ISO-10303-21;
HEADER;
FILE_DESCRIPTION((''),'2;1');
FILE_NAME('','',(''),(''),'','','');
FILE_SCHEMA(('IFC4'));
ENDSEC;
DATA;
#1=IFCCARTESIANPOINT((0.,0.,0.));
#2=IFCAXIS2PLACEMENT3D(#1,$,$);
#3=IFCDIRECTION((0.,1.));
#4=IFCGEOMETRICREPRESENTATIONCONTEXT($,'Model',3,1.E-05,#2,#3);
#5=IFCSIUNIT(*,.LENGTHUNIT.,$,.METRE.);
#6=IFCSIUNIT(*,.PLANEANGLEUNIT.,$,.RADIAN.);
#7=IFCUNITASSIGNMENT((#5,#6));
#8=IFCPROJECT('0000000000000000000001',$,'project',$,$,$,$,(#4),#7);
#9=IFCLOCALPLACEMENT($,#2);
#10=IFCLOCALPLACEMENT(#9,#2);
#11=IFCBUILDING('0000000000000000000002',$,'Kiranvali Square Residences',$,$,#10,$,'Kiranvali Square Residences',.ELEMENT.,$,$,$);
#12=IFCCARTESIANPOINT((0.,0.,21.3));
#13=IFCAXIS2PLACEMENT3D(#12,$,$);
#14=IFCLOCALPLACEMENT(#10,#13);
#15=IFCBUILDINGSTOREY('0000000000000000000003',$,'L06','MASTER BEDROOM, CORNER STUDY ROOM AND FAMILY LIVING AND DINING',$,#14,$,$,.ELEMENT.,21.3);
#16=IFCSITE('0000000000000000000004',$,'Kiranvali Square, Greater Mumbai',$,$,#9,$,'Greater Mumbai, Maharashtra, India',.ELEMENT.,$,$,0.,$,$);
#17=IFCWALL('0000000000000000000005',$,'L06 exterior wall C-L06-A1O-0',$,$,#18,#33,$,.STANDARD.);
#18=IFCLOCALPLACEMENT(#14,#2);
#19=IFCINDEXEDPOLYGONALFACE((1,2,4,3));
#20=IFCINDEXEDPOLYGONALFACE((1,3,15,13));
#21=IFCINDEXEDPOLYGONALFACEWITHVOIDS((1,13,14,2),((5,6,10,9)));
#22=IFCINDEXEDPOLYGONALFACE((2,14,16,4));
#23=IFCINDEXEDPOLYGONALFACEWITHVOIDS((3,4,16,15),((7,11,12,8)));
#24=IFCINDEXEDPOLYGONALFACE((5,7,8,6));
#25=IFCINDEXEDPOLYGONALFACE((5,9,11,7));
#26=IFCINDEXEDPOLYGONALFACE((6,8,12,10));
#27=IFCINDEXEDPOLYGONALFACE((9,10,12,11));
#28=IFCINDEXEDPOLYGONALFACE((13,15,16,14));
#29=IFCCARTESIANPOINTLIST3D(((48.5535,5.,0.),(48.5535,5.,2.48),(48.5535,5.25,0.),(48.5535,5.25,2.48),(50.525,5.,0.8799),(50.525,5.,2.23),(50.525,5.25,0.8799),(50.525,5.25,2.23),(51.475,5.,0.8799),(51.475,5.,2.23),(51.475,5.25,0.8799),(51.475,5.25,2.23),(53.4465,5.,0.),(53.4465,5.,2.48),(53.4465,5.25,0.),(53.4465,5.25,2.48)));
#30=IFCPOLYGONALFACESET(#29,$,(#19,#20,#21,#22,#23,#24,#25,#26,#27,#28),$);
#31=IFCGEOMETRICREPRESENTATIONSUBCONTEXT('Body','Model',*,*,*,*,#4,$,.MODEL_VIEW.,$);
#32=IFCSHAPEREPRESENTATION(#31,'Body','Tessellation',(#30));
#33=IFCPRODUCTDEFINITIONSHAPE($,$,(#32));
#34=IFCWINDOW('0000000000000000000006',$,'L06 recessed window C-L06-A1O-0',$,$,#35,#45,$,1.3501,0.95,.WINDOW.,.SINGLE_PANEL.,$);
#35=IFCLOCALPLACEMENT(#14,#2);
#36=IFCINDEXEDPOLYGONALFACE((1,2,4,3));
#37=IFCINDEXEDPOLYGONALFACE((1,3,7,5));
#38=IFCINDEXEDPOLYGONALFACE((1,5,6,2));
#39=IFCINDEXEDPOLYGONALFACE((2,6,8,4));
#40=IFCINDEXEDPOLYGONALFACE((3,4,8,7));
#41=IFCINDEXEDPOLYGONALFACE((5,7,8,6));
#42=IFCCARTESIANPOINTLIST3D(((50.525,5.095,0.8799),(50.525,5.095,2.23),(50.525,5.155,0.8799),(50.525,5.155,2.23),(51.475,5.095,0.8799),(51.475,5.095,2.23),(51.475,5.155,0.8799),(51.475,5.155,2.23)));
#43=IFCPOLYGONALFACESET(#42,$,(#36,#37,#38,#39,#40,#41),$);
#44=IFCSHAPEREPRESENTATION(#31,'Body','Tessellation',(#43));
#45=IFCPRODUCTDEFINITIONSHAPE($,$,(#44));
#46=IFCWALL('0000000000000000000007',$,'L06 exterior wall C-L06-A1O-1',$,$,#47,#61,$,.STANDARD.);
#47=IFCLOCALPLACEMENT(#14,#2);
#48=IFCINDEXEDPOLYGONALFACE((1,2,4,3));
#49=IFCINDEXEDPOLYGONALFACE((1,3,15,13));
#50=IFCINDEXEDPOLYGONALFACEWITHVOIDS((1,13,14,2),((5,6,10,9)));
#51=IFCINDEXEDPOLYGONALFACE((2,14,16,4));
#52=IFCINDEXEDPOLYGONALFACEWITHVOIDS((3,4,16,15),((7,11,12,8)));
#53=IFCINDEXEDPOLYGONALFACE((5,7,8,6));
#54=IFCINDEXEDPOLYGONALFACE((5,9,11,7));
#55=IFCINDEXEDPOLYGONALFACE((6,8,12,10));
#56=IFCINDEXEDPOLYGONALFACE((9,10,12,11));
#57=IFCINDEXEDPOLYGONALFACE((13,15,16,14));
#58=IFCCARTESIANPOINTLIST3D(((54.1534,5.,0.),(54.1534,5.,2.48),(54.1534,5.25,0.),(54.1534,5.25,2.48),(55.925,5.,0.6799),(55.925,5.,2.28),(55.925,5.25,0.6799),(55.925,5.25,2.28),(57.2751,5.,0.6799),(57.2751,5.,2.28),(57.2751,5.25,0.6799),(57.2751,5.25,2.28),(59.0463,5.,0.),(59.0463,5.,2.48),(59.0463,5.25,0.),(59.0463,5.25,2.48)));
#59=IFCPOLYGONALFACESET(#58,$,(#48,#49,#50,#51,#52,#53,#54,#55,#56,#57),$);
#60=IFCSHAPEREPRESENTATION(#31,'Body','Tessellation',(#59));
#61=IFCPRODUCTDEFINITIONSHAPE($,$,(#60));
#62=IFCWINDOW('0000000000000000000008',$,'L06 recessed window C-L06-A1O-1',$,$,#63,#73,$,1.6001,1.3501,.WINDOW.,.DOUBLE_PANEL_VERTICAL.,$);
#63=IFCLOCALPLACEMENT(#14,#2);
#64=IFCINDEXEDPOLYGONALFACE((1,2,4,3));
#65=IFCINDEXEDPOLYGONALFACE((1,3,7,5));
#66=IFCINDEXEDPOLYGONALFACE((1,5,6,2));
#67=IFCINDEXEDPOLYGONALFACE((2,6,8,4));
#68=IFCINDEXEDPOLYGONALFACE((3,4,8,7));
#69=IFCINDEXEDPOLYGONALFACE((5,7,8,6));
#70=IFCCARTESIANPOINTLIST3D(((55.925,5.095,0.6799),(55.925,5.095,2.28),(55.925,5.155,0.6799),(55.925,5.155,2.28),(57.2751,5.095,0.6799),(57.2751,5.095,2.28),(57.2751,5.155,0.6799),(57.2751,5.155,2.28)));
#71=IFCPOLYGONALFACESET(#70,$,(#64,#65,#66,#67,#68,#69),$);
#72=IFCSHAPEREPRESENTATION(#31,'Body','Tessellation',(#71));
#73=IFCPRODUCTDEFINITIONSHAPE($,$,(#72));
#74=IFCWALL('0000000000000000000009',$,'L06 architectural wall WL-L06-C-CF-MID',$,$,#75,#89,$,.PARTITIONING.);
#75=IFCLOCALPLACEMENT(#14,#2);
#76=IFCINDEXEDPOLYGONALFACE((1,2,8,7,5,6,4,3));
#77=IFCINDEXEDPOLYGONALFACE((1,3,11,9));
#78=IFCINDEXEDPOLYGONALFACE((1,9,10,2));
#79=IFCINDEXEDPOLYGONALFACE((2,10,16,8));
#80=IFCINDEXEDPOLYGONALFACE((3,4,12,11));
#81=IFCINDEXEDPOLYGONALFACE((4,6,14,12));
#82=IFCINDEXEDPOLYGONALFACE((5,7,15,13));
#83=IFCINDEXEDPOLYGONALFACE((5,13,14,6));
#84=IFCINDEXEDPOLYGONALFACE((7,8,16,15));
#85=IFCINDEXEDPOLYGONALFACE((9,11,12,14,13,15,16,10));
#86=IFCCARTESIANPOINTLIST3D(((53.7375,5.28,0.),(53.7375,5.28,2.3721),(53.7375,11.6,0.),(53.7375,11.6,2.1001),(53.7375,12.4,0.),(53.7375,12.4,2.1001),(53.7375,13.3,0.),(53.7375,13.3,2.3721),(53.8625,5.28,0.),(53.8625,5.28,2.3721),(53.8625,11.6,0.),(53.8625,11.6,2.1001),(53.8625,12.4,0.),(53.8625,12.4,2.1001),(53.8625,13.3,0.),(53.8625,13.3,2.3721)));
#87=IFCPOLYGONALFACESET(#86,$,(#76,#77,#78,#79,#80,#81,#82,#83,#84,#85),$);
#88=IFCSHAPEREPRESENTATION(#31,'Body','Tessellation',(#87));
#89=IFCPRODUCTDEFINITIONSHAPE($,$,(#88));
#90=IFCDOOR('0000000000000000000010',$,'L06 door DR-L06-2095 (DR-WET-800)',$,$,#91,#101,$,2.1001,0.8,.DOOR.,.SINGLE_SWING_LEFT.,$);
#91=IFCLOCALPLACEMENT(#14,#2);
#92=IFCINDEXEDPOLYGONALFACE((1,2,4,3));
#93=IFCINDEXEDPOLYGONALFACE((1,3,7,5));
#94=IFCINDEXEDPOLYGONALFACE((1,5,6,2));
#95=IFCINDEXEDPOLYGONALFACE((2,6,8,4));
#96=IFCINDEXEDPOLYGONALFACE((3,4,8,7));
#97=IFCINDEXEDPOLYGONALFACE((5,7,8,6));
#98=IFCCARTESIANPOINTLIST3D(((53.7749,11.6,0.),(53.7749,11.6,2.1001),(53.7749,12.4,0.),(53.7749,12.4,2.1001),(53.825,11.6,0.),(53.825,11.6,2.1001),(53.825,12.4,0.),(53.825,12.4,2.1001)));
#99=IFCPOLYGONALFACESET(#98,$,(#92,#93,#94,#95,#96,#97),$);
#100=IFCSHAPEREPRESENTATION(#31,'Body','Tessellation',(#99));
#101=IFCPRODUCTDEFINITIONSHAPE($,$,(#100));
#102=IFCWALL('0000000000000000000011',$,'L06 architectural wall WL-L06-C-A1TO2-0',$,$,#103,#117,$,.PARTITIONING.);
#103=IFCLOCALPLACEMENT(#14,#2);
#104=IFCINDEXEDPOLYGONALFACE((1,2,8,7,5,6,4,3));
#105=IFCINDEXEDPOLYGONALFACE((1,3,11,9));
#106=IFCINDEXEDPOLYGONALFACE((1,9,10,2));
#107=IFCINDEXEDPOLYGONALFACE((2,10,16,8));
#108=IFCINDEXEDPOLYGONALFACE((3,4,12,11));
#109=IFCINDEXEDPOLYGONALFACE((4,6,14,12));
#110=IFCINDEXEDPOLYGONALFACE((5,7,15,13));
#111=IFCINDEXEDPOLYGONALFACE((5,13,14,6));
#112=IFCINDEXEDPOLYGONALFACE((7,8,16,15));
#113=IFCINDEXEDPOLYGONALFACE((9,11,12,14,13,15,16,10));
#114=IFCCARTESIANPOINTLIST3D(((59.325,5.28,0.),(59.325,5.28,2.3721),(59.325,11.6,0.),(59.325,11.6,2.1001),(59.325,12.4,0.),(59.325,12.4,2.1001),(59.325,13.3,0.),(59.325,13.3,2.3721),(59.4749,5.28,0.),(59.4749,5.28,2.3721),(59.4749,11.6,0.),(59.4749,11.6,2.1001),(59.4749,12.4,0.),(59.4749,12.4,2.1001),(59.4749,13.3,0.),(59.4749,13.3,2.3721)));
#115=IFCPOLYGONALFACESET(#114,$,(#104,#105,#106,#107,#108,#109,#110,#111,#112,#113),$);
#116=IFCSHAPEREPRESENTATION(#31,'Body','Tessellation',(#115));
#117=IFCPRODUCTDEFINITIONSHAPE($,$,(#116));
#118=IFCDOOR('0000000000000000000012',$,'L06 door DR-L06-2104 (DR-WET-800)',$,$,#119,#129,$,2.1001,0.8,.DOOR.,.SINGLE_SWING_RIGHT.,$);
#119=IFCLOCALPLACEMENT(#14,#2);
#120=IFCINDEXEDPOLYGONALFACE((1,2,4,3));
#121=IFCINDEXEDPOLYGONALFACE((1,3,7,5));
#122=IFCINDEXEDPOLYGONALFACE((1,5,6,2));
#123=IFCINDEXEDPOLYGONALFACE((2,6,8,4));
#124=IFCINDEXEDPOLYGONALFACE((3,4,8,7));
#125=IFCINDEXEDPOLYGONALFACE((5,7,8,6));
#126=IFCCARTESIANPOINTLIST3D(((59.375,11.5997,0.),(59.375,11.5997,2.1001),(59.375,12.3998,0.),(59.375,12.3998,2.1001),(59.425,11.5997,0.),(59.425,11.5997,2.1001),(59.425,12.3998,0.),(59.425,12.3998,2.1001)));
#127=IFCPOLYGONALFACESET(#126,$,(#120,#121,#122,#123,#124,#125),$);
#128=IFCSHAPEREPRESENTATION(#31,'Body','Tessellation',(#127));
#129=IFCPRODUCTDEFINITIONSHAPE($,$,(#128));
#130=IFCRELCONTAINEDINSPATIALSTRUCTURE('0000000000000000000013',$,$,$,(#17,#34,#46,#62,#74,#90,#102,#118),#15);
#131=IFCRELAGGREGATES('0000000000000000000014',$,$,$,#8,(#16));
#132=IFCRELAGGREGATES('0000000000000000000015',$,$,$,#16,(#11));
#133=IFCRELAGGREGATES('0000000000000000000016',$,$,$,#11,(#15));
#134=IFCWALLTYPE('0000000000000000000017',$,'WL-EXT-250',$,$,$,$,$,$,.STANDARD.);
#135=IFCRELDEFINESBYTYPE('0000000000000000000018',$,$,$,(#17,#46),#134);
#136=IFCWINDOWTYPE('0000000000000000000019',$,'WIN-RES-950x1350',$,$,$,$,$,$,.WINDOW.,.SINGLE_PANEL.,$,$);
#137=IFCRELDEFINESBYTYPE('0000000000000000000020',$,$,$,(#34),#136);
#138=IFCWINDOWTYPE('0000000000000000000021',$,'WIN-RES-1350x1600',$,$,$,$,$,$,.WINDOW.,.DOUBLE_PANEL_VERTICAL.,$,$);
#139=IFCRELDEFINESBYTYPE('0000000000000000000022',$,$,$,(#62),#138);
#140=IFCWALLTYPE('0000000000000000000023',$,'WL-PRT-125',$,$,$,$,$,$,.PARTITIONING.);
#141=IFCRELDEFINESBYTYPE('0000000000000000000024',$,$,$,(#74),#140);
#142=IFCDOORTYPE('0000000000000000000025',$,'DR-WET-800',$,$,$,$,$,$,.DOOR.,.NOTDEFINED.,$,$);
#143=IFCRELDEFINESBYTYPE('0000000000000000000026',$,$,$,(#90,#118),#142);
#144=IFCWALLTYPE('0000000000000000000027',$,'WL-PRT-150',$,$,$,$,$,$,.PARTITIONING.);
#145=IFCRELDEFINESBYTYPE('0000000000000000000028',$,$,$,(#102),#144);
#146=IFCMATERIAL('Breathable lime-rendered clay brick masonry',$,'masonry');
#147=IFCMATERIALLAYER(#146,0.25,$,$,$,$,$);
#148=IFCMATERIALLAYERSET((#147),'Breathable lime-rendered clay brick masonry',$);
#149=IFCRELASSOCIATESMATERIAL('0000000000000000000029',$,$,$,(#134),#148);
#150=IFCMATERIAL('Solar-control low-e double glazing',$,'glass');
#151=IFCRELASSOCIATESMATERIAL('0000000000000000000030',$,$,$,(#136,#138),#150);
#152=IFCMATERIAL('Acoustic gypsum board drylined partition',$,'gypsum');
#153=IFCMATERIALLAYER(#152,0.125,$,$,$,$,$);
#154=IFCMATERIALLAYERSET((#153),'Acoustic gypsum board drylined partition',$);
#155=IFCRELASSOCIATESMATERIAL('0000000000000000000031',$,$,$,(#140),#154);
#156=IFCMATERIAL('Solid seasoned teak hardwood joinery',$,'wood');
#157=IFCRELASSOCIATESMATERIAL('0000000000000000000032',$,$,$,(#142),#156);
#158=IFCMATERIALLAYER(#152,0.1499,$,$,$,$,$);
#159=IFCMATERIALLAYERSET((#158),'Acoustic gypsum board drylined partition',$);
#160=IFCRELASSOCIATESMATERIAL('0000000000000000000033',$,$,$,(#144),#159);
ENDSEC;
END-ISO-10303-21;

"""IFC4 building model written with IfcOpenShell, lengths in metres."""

from ifc_helpers import new_model, si_unit, direction, frame, frame_2d, origin, place, context, subcontext, project, spatial, rectangle, extrude, material, layer, layer_set, type_object, element, fill, save


model = new_model("IFC4")

# Units and contexts
model_context = context("Model", 3, precision=1e-05, world=origin(), true_north=direction((0.0, 1.0)))
body_context = subcontext(model_context, "Body", "Model", "MODEL_VIEW")
ifc_project = project(units=[si_unit("LENGTHUNIT", "METRE"), si_unit("PLANEANGLEUNIT", "RADIAN")], contexts=[model_context])

# Site, building, storey
site_placement = place(None, origin())
site = spatial("IfcSite", under=ifc_project, at=site_placement, Name="Kiranvali Square, Greater Mumbai", LongName="Greater Mumbai, Maharashtra, India", CompositionType="ELEMENT", RefElevation=0.0)
building_placement = place(site_placement, origin())
building = spatial("IfcBuilding", under=site, at=building_placement, Name="Kiranvali Square Residences", LongName="Kiranvali Square Residences", CompositionType="ELEMENT")
storey_placement = place(building_placement, frame((0.0, 0.0, 21.3)))
storey = spatial("IfcBuildingStorey", under=building, at=storey_placement, Name="L06", Description="MASTER BEDROOM, CORNER STUDY ROOM AND FAMILY LIVING AND DINING", CompositionType="ELEMENT", Elevation=21.3)

# Walls, openings, windows
ifc_material_1 = material(Name="Breathable lime-rendered clay brick masonry", Category="masonry")
ifc_layer_1 = layer(ifc_material_1, 0.25)
ifc_layer_set_1 = layer_set([ifc_layer_1], Name="Breathable lime-rendered clay brick masonry")
wall_type_1 = type_object("IfcWallType", Name="WL-EXT-250", PredefinedType="STANDARD", material=ifc_layer_set_1)
wall_1_placement = place(storey_placement, frame((48.5535, 5.125, 0.0), z_axis=(0.0, 0.0, 1.0), x_axis=(1.0, 0.0, 0.0)))
wall_1 = element("IfcWall", 1, at=wall_1_placement, inside=storey, type_object=wall_type_1, Name="L06 exterior wall C-L06-A1O-0", PredefinedType="STANDARD", context=body_context, shape_type="SweptSolid", body=[
    extrude(rectangle(XDim=4.8931, YDim=0.25, at=frame_2d((2.4465, 0.0))), origin(), (0.0, 0.0, 1.0), 2.48),
])
opening_1_placement = place(wall_1_placement, frame((1.9714, 0.0, 0.8799)))
opening_1 = element("IfcOpeningElement", 2, at=opening_1_placement, cuts=wall_1, PredefinedType="OPENING", context=body_context, shape_type="SweptSolid", body=[
    extrude(rectangle(XDim=0.95, YDim=1.3501, at=frame_2d((0.4751, 0.675))), frame((0.0, 0.135, 0.0), z_axis=(0.0, -1.0, 0.0), x_axis=(1.0, 0.0, 0.0)), (0.0, 0.0, 1.0), 0.27),
])
ifc_material_2 = material(Name="Solar-control low-e double glazing", Category="glass")
window_type_1 = type_object("IfcWindowType", Name="WIN-RES-950x1350", PartitioningType="SINGLE_PANEL", PredefinedType="WINDOW", material=ifc_material_2)
window_1_placement = place(opening_1_placement, origin())
window_1 = element("IfcWindow", 3, at=window_1_placement, inside=storey, type_object=window_type_1, Name="L06 recessed window C-L06-A1O-0", OverallHeight=1.3501, OverallWidth=0.95, PartitioningType="SINGLE_PANEL", PredefinedType="WINDOW", context=body_context, shape_type="SweptSolid", body=[
    extrude(rectangle(XDim=0.95, YDim=1.3501, at=frame_2d((0.4751, 0.675))), frame((0.0, 0.03, 0.0), z_axis=(0.0, -1.0, 0.0), x_axis=(1.0, 0.0, 0.0)), (0.0, 0.0, 1.0), 0.0601),
])
fill(opening_1, window_1)
wall_2_placement = place(storey_placement, frame((54.1536, 5.125, 0.0), z_axis=(0.0, 0.0, 1.0), x_axis=(1.0, 0.0, 0.0)))
wall_2 = element("IfcWall", 4, at=wall_2_placement, inside=storey, type_object=wall_type_1, Name="L06 exterior wall C-L06-A1O-1", PredefinedType="STANDARD", context=body_context, shape_type="SweptSolid", body=[
    extrude(rectangle(XDim=4.8928, YDim=0.25, at=frame_2d((2.4463, 0.0))), origin(), (0.0, 0.0, 1.0), 2.48),
])
opening_2_placement = place(wall_2_placement, frame((1.7715, 0.0, 0.6799)))
opening_2 = element("IfcOpeningElement", 5, at=opening_2_placement, cuts=wall_2, PredefinedType="OPENING", context=body_context, shape_type="SweptSolid", body=[
    extrude(rectangle(XDim=1.3501, YDim=1.6001, at=frame_2d((0.675, 0.8))), frame((0.0, 0.135, 0.0), z_axis=(0.0, -1.0, 0.0), x_axis=(1.0, 0.0, 0.0)), (0.0, 0.0, 1.0), 0.27),
])
window_type_2 = type_object("IfcWindowType", Name="WIN-RES-1350x1600", PartitioningType="DOUBLE_PANEL_VERTICAL", PredefinedType="WINDOW", material=ifc_material_2)
window_2_placement = place(opening_2_placement, origin())
window_2 = element("IfcWindow", 6, at=window_2_placement, inside=storey, type_object=window_type_2, Name="L06 recessed window C-L06-A1O-1", OverallHeight=1.6001, OverallWidth=1.3501, PartitioningType="DOUBLE_PANEL_VERTICAL", PredefinedType="WINDOW", context=body_context, shape_type="SweptSolid", body=[
    extrude(rectangle(XDim=1.3501, YDim=1.6001, at=frame_2d((0.675, 0.8))), frame((0.0, 0.03, 0.0), z_axis=(0.0, -1.0, 0.0), x_axis=(1.0, 0.0, 0.0)), (0.0, 0.0, 1.0), 0.0601),
])
fill(opening_2, window_2)

# Walls, openings, doors
ifc_material_3 = material(Name="Acoustic gypsum board drylined partition", Category="gypsum")
ifc_layer_2 = layer(ifc_material_3, 0.125)
ifc_layer_set_2 = layer_set([ifc_layer_2], Name="Acoustic gypsum board drylined partition")
wall_type_2 = type_object("IfcWallType", Name="WL-PRT-125", PredefinedType="PARTITIONING", material=ifc_layer_set_2)
wall_3_placement = place(storey_placement, frame((53.8, 13.3, 0.0), z_axis=(0.0, 0.0, 1.0), x_axis=(0.0, -1.0, 0.0)))
wall_3 = element("IfcWall", 7, at=wall_3_placement, inside=storey, type_object=wall_type_2, Name="L06 architectural wall WL-L06-C-CF-MID", PredefinedType="PARTITIONING", context=body_context, shape_type="SweptSolid", body=[
    extrude(rectangle(XDim=8.02, YDim=0.125, at=frame_2d((4.01, 0.0))), origin(), (0.0, 0.0, 1.0), 2.3721),
])
opening_3_placement = place(wall_3_placement, frame((0.9001, 0.0, 0.0)))
opening_3 = element("IfcOpeningElement", 8, at=opening_3_placement, cuts=wall_3, PredefinedType="OPENING", context=body_context, shape_type="SweptSolid", body=[
    extrude(rectangle(XDim=0.8, YDim=2.1001, at=frame_2d((0.3999, 1.05))), frame((0.0, 0.0725, 0.0), z_axis=(0.0, -1.0, 0.0), x_axis=(1.0, 0.0, 0.0)), (0.0, 0.0, 1.0), 0.145),
])
ifc_material_4 = material(Name="Solid seasoned teak hardwood joinery", Category="wood")
door_type = type_object("IfcDoorType", Name="DR-WET-800", OperationType="NOTDEFINED", PredefinedType="DOOR", material=ifc_material_4)
door_1_placement = place(opening_3_placement, origin())
door_1 = element("IfcDoor", 9, at=door_1_placement, inside=storey, type_object=door_type, Name="L06 door DR-L06-2095 (DR-WET-800)", OperationType="SINGLE_SWING_LEFT", OverallHeight=2.1001, OverallWidth=0.8, PredefinedType="DOOR", context=body_context, shape_type="SweptSolid", body=[
    extrude(rectangle(XDim=0.8, YDim=2.1001, at=frame_2d((0.3999, 1.05))), frame((0.0, 0.0249, 0.0), z_axis=(0.0, -1.0, 0.0), x_axis=(1.0, 0.0, 0.0)), (0.0, 0.0, 1.0), 0.05),
])
fill(opening_3, door_1)
ifc_layer_3 = layer(ifc_material_3, 0.1499)
ifc_layer_set_3 = layer_set([ifc_layer_3], Name="Acoustic gypsum board drylined partition")
wall_type_3 = type_object("IfcWallType", Name="WL-PRT-150", PredefinedType="PARTITIONING", material=ifc_layer_set_3)
wall_4_placement = place(storey_placement, frame((59.3999, 13.3, 0.0), z_axis=(0.0, 0.0, 1.0), x_axis=(0.0, -1.0, 0.0)))
wall_4 = element("IfcWall", 10, at=wall_4_placement, inside=storey, type_object=wall_type_3, Name="L06 architectural wall WL-L06-C-A1TO2-0", PredefinedType="PARTITIONING", context=body_context, shape_type="SweptSolid", body=[
    extrude(rectangle(XDim=8.02, YDim=0.1499, at=frame_2d((4.01, 0.0))), origin(), (0.0, 0.0, 1.0), 2.3721),
])
opening_4_placement = place(wall_4_placement, frame((0.9001, 0.0, 0.0)))
opening_4 = element("IfcOpeningElement", 11, at=opening_4_placement, cuts=wall_4, PredefinedType="OPENING", context=body_context, shape_type="SweptSolid", body=[
    extrude(rectangle(XDim=0.8, YDim=2.1001, at=frame_2d((0.3999, 1.05))), frame((0.0, 0.085, 0.0), z_axis=(0.0, -1.0, 0.0), x_axis=(1.0, 0.0, 0.0)), (0.0, 0.0, 1.0), 0.1699),
])
door_2_placement = place(opening_4_placement, frame((0.8, 0.0, 0.0), z_axis=(0.0, 0.0, 1.0), x_axis=(-1.0, 0.0, 0.0)))
door_2 = element("IfcDoor", 12, at=door_2_placement, inside=storey, type_object=door_type, Name="L06 door DR-L06-2104 (DR-WET-800)", OperationType="SINGLE_SWING_RIGHT", OverallHeight=2.1001, OverallWidth=0.8, PredefinedType="DOOR", context=body_context, shape_type="SweptSolid", body=[
    extrude(rectangle(XDim=0.8, YDim=2.1001, at=frame_2d((0.3999, 1.05))), frame((0.0, 0.0249, 0.0), z_axis=(0.0, -1.0, 0.0), x_axis=(1.0, 0.0, 0.0)), (0.0, 0.0, 1.0), 0.05),
])
fill(opening_4, door_2)

save(model, "model.ifc")
